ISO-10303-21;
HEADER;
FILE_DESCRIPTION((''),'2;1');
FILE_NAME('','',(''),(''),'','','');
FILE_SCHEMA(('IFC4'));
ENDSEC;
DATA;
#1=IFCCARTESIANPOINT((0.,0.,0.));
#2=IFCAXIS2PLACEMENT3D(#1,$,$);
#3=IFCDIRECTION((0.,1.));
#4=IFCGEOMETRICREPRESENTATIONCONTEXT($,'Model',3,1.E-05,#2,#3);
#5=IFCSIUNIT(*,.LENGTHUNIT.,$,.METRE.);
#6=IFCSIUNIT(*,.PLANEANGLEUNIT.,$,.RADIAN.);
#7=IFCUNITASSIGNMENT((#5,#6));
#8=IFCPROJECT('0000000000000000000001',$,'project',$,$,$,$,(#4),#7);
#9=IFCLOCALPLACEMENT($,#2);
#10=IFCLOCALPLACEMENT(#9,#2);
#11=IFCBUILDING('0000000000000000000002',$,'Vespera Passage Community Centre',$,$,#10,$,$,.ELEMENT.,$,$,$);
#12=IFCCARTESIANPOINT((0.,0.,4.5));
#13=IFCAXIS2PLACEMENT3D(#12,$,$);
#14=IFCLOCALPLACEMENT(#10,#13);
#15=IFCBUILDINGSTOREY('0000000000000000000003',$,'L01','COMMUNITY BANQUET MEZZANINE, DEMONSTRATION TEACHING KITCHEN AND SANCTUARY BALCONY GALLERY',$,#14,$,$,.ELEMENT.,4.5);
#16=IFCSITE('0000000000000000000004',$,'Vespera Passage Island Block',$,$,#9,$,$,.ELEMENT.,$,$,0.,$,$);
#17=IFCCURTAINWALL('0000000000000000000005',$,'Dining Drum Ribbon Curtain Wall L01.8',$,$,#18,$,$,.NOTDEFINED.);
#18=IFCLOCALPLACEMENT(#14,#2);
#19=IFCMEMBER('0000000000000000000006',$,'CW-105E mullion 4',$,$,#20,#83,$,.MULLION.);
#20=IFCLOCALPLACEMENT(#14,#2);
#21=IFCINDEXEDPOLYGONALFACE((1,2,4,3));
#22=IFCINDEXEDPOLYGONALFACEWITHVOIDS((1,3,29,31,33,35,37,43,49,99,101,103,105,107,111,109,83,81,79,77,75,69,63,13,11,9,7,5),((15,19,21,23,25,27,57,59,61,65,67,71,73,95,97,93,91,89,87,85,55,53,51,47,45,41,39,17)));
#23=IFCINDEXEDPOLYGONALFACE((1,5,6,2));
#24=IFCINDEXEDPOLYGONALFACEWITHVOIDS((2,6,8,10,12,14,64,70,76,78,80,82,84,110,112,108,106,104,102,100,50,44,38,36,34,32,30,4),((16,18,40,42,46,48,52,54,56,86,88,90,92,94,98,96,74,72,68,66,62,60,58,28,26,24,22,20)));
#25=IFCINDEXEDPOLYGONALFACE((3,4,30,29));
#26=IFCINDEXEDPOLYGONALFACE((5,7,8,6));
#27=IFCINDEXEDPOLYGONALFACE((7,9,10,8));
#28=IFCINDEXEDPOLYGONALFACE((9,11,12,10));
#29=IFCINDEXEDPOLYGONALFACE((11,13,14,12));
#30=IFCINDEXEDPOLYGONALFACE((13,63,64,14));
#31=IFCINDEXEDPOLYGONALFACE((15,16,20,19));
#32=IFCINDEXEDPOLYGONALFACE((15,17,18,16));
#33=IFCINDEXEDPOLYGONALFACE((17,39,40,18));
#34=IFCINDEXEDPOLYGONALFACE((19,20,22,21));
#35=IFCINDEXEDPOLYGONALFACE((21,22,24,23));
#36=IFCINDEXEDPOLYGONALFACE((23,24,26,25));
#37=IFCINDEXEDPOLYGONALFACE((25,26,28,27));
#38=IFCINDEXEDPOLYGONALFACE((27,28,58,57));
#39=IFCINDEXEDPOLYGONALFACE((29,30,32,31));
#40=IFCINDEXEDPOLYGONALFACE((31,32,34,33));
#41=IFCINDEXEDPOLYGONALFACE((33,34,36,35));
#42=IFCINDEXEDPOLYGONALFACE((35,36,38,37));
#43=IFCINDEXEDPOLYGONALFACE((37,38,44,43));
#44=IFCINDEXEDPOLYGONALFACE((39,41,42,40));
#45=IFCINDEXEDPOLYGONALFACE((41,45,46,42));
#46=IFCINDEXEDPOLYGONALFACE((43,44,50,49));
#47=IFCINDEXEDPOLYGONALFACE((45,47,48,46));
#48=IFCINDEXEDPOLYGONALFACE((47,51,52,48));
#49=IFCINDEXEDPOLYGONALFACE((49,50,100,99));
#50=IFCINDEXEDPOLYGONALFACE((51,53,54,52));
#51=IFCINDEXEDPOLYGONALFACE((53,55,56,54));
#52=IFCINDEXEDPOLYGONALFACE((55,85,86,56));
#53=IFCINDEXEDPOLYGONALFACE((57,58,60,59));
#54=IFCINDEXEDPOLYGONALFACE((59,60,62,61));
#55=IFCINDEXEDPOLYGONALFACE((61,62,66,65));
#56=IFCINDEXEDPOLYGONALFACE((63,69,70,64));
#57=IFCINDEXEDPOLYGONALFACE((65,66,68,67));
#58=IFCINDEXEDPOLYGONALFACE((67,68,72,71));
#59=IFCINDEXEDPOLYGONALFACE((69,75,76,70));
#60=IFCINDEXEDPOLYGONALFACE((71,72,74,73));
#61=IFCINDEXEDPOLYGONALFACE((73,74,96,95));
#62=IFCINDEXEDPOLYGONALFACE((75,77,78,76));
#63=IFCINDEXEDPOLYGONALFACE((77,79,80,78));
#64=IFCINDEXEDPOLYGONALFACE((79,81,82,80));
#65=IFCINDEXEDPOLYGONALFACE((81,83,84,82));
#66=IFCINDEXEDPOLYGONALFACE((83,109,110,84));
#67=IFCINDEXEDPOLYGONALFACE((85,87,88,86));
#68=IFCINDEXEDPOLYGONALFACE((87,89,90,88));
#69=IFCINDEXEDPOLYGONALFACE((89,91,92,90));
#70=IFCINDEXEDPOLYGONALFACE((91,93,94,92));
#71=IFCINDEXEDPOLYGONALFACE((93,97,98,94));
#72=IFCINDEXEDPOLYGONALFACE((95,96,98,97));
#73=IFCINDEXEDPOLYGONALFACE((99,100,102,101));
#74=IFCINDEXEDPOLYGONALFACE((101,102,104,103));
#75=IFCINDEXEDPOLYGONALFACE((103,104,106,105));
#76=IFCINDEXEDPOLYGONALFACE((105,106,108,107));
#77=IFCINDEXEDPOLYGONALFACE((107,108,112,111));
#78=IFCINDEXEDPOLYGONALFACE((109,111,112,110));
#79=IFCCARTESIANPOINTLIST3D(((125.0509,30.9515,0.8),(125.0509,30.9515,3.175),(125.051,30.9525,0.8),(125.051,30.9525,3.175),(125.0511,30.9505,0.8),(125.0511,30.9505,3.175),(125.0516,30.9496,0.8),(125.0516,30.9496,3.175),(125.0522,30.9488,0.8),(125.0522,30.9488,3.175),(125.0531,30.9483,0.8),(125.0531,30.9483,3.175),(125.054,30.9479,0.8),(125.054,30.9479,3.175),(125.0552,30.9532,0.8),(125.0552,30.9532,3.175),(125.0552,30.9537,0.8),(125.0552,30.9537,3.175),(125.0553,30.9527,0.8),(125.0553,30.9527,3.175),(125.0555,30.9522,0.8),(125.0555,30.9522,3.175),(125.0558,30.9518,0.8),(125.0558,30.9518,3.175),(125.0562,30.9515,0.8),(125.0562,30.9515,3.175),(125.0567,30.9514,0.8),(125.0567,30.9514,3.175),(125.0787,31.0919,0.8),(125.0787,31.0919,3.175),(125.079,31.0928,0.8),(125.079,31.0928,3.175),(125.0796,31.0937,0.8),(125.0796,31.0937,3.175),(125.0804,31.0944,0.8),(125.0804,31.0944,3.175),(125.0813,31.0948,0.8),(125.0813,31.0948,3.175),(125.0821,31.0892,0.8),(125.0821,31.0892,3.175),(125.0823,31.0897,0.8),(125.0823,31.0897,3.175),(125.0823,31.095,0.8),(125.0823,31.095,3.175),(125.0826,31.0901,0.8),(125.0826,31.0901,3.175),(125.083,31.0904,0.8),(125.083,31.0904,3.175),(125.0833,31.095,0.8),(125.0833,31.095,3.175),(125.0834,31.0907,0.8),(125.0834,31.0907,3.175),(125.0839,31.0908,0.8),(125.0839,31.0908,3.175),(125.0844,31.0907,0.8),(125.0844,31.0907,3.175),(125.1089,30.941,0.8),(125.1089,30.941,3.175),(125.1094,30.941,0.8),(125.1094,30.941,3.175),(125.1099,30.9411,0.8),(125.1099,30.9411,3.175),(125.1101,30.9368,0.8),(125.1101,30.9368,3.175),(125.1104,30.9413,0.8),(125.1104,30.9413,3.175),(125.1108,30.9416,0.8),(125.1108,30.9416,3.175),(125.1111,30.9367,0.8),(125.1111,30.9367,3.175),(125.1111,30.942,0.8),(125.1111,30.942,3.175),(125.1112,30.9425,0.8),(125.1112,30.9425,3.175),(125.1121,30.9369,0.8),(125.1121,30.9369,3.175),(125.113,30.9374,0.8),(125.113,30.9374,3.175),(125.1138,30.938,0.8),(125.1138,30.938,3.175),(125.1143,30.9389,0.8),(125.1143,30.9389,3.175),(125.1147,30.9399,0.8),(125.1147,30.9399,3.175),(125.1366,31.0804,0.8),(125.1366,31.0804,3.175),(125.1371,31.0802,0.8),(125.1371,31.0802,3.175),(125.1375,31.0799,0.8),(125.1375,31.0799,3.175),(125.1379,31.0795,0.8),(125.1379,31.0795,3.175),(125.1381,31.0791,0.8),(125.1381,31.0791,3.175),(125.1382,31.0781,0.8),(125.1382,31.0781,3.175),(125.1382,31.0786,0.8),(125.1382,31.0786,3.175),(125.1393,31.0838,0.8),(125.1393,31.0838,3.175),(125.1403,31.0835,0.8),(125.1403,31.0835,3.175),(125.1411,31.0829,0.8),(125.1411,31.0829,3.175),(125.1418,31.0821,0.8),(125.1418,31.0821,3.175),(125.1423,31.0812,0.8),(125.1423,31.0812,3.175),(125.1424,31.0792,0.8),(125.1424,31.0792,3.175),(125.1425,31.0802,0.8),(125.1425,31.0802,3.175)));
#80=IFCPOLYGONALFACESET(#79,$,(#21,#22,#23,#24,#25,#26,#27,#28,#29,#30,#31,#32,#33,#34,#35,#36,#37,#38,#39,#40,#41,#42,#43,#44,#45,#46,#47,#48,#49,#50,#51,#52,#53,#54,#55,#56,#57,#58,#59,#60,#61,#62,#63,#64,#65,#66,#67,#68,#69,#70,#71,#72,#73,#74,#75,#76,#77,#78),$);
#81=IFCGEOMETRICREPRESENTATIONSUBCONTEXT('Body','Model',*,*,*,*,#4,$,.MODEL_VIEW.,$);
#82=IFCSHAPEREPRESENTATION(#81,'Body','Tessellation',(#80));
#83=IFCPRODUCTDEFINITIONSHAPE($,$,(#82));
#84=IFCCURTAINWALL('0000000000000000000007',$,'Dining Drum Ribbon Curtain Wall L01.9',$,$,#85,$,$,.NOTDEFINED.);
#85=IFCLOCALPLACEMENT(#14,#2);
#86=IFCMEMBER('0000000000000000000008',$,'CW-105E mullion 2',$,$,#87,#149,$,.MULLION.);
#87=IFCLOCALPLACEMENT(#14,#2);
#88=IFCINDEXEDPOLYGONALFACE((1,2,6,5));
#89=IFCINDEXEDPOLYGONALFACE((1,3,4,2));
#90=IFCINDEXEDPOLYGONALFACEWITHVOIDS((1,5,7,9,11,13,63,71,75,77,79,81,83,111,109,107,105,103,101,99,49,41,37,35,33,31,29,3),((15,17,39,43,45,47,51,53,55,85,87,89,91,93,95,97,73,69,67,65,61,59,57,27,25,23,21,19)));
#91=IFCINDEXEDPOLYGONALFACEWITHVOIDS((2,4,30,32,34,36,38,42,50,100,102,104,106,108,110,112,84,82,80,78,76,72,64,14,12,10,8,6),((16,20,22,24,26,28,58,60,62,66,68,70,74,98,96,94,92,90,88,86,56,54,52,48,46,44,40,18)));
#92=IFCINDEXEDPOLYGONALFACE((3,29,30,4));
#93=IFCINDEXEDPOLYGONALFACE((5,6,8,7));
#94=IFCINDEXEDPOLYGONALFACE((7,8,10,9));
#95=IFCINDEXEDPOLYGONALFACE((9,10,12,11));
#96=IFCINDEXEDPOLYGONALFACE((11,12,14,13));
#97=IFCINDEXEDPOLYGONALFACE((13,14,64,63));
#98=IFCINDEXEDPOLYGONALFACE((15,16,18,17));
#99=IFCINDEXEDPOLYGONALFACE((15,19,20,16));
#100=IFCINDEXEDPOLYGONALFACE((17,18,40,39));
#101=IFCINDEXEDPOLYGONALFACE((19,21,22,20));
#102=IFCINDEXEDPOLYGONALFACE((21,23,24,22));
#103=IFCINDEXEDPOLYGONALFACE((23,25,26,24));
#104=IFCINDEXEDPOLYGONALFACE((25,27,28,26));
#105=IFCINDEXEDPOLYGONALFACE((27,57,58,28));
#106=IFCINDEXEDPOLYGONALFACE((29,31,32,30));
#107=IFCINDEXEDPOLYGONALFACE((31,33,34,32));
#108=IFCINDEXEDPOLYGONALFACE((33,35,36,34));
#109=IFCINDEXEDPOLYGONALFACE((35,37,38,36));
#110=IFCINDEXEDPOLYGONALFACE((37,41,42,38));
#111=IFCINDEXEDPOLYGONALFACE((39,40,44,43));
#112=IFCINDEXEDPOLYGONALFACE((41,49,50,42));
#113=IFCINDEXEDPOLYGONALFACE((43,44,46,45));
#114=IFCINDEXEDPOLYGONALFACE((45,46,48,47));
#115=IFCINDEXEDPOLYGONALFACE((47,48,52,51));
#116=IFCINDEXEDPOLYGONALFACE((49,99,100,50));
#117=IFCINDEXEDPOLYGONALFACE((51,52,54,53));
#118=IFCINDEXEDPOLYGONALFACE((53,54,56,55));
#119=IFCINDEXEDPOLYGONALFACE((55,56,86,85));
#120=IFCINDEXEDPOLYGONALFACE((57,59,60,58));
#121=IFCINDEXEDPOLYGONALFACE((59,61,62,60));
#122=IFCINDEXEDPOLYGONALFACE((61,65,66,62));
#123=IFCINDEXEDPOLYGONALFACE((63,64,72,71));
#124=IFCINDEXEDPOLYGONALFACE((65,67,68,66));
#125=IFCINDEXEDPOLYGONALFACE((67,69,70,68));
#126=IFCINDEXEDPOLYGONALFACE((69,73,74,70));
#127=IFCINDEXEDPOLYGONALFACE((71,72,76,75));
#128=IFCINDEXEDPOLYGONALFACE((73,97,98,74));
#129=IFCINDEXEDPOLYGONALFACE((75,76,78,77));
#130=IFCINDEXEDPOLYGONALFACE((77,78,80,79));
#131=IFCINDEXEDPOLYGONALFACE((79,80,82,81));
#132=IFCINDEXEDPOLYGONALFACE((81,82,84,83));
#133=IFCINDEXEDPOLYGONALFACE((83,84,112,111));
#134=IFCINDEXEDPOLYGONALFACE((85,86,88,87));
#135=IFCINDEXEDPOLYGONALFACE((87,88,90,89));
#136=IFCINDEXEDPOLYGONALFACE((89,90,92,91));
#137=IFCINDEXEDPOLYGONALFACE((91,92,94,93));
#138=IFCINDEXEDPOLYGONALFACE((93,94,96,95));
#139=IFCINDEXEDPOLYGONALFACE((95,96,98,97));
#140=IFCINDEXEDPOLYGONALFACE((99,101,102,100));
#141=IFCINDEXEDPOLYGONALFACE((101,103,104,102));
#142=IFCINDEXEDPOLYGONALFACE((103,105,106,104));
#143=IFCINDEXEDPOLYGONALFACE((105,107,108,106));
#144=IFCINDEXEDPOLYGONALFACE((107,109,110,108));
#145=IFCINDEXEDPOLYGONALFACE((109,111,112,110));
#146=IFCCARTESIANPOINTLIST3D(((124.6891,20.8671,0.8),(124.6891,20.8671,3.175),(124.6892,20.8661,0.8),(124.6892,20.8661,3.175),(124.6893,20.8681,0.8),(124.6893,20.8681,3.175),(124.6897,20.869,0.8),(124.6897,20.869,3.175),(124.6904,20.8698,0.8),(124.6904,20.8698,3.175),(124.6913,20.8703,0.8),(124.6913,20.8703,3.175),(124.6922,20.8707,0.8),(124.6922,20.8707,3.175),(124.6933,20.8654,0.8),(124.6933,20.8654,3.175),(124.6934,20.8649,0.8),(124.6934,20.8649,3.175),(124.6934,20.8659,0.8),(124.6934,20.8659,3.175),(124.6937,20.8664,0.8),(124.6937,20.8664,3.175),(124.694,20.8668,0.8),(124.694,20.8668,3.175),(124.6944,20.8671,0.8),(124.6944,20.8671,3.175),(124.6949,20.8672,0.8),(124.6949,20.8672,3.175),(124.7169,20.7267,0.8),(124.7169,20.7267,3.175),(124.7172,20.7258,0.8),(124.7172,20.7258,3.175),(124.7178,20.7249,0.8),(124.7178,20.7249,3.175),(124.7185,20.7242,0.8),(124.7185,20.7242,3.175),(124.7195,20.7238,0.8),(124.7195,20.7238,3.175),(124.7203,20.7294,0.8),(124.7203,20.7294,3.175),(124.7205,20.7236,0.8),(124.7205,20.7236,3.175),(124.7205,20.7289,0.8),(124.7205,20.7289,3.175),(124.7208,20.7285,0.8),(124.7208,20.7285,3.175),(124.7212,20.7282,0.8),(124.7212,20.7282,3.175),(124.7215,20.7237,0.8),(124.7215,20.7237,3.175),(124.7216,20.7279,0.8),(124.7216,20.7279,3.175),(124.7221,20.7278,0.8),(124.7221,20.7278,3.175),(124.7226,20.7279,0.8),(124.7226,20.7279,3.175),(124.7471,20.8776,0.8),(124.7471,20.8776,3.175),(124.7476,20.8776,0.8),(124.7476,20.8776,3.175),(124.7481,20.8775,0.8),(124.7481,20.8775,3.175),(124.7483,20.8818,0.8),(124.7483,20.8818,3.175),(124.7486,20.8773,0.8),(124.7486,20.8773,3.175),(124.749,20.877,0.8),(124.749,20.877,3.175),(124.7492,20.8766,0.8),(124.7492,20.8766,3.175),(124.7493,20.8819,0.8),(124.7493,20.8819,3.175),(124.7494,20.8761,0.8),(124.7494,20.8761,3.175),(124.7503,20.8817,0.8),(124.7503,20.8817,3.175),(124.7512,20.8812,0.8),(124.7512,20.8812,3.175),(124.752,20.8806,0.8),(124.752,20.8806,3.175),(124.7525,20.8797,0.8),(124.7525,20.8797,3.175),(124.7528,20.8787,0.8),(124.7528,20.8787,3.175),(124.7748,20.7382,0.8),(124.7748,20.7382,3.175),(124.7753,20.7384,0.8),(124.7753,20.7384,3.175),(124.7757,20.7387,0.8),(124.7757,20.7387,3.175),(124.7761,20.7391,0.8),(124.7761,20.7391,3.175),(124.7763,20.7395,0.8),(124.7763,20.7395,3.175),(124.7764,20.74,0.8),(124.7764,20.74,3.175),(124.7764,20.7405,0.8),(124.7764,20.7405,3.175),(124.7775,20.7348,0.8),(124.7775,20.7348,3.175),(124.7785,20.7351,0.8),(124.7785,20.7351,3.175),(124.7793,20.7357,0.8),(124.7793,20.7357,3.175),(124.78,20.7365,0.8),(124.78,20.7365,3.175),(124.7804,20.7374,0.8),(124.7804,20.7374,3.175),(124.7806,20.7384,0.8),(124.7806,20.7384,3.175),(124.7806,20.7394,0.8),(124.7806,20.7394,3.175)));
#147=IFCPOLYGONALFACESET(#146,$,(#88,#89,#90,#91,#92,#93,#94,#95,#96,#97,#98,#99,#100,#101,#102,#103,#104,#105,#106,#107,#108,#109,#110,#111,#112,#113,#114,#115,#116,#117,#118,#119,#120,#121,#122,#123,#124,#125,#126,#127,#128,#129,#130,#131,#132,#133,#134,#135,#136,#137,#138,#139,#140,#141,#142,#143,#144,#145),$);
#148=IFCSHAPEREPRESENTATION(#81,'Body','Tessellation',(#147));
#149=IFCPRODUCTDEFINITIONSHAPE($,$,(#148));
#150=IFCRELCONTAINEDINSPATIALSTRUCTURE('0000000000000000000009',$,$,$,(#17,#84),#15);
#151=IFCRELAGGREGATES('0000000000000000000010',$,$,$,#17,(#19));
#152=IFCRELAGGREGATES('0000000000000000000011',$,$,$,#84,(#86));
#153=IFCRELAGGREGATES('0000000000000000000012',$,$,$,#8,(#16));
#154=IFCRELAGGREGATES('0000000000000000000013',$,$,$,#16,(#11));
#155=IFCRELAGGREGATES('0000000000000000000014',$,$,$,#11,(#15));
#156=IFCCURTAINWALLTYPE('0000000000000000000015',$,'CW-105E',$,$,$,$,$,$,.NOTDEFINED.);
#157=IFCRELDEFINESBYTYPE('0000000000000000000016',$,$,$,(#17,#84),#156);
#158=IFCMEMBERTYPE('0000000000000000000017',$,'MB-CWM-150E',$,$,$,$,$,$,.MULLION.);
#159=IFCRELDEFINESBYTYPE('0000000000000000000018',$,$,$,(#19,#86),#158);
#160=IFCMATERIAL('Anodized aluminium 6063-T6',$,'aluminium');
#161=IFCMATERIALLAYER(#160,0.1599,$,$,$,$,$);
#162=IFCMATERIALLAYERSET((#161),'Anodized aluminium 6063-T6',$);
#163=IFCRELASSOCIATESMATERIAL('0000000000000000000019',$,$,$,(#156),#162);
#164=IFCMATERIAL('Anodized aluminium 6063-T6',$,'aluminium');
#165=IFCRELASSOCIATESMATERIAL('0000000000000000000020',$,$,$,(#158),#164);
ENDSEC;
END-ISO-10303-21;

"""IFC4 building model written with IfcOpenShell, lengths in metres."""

from ifc_helpers import new_model, si_unit, direction, frame, origin, origin_2d, place, context, subcontext, project, spatial, hollow_rectangle, extrude, material, layer, layer_set, material_profile, profile_set, type_object, element, aggregate, save


model = new_model("IFC4")

# Units and contexts
model_context = context("Model", 3, precision=1e-05, world=origin(), true_north=direction((0.0, 1.0)))
body_context = subcontext(model_context, "Body", "Model", "MODEL_VIEW")
ifc_project = project(units=[si_unit("LENGTHUNIT", "METRE"), si_unit("PLANEANGLEUNIT", "RADIAN")], contexts=[model_context])

# Site, building, storey
site_placement = place(None, origin())
site = spatial("IfcSite", under=ifc_project, at=site_placement, Name="Vespera Passage Island Block", CompositionType="ELEMENT", RefElevation=0.0)
building_placement = place(site_placement, origin())
building = spatial("IfcBuilding", under=site, at=building_placement, Name="Vespera Passage Community Centre", CompositionType="ELEMENT")
storey_placement = place(building_placement, frame((0.0, 0.0, 4.5)))
storey = spatial("IfcBuildingStorey", under=building, at=storey_placement, Name="L01", Description="COMMUNITY BANQUET MEZZANINE, DEMONSTRATION TEACHING KITCHEN AND SANCTUARY BALCONY GALLERY", CompositionType="ELEMENT", Elevation=4.5)

# Curtain walls, members
ifc_material_1 = material(Name="Anodized aluminium 6063-T6", Category="aluminium")
ifc_layer_1 = layer(ifc_material_1, 0.1599)
ifc_layer_set_1 = layer_set([ifc_layer_1], Name="Anodized aluminium 6063-T6")
curtain_wall_type = type_object("IfcCurtainWallType", Name="CW-105E", PredefinedType="NOTDEFINED", material=ifc_layer_set_1)
curtain_wall_1_placement = place(storey_placement, origin())
curtain_wall_1 = element("IfcCurtainWall", 1, at=curtain_wall_1_placement, inside=storey, type_object=curtain_wall_type, Name="Dining Drum Ribbon Curtain Wall L01.8", PredefinedType="NOTDEFINED")
ifc_material_2 = material(Name="Anodized aluminium 6063-T6", Category="aluminium")
ifc_material_profile_1 = material_profile(ifc_material_2, hollow_rectangle(XDim=0.0649, YDim=0.1499, WallThickness=0.0039, InnerFilletRadius=0.002, OuterFilletRadius=0.0039, at=origin_2d()), Name="ALU150X65X4")
ifc_profile_set_1 = profile_set([ifc_material_profile_1], Name="Anodized aluminium 6063-T6")
member_type_1 = type_object("IfcMemberType", Name="MB-CWM-150E", PredefinedType="MULLION", material=ifc_profile_set_1)
member_1_placement = place(storey_placement, frame((125.0967, 31.0159, 0.8), z_axis=(0.0, 0.0, 1.0), x_axis=(-0.980784, 0.195097, 0.0)))
member_1 = element("IfcMember", 2, at=member_1_placement, type_object=member_type_1, Name="CW-105E mullion 4", PredefinedType="MULLION", context=body_context, shape_type="SweptSolid", body=[
    extrude(hollow_rectangle(XDim=0.0649, YDim=0.1499, WallThickness=0.0039, InnerFilletRadius=0.002, OuterFilletRadius=0.0039, at=origin_2d()), origin(), (0.0, 0.0, 1.0), 2.375),
])
curtain_wall_2_placement = place(storey_placement, origin())
curtain_wall_2 = element("IfcCurtainWall", 3, at=curtain_wall_2_placement, inside=storey, type_object=curtain_wall_type, Name="Dining Drum Ribbon Curtain Wall L01.9", PredefinedType="NOTDEFINED")
member_2_placement = place(storey_placement, frame((124.7349, 20.8027, 0.8), z_axis=(0.0, 0.0, 1.0), x_axis=(-0.980784, -0.195097, 0.0)))
member_2 = element("IfcMember", 4, at=member_2_placement, type_object=member_type_1, Name="CW-105E mullion 2", PredefinedType="MULLION", context=body_context, shape_type="SweptSolid", body=[
    extrude(hollow_rectangle(XDim=0.0649, YDim=0.1499, WallThickness=0.0039, InnerFilletRadius=0.002, OuterFilletRadius=0.0039, at=origin_2d()), origin(), (0.0, 0.0, 1.0), 2.375),
])

aggregate(curtain_wall_1, [member_1])
aggregate(curtain_wall_2, [member_2])

save(model, "model.ifc")
